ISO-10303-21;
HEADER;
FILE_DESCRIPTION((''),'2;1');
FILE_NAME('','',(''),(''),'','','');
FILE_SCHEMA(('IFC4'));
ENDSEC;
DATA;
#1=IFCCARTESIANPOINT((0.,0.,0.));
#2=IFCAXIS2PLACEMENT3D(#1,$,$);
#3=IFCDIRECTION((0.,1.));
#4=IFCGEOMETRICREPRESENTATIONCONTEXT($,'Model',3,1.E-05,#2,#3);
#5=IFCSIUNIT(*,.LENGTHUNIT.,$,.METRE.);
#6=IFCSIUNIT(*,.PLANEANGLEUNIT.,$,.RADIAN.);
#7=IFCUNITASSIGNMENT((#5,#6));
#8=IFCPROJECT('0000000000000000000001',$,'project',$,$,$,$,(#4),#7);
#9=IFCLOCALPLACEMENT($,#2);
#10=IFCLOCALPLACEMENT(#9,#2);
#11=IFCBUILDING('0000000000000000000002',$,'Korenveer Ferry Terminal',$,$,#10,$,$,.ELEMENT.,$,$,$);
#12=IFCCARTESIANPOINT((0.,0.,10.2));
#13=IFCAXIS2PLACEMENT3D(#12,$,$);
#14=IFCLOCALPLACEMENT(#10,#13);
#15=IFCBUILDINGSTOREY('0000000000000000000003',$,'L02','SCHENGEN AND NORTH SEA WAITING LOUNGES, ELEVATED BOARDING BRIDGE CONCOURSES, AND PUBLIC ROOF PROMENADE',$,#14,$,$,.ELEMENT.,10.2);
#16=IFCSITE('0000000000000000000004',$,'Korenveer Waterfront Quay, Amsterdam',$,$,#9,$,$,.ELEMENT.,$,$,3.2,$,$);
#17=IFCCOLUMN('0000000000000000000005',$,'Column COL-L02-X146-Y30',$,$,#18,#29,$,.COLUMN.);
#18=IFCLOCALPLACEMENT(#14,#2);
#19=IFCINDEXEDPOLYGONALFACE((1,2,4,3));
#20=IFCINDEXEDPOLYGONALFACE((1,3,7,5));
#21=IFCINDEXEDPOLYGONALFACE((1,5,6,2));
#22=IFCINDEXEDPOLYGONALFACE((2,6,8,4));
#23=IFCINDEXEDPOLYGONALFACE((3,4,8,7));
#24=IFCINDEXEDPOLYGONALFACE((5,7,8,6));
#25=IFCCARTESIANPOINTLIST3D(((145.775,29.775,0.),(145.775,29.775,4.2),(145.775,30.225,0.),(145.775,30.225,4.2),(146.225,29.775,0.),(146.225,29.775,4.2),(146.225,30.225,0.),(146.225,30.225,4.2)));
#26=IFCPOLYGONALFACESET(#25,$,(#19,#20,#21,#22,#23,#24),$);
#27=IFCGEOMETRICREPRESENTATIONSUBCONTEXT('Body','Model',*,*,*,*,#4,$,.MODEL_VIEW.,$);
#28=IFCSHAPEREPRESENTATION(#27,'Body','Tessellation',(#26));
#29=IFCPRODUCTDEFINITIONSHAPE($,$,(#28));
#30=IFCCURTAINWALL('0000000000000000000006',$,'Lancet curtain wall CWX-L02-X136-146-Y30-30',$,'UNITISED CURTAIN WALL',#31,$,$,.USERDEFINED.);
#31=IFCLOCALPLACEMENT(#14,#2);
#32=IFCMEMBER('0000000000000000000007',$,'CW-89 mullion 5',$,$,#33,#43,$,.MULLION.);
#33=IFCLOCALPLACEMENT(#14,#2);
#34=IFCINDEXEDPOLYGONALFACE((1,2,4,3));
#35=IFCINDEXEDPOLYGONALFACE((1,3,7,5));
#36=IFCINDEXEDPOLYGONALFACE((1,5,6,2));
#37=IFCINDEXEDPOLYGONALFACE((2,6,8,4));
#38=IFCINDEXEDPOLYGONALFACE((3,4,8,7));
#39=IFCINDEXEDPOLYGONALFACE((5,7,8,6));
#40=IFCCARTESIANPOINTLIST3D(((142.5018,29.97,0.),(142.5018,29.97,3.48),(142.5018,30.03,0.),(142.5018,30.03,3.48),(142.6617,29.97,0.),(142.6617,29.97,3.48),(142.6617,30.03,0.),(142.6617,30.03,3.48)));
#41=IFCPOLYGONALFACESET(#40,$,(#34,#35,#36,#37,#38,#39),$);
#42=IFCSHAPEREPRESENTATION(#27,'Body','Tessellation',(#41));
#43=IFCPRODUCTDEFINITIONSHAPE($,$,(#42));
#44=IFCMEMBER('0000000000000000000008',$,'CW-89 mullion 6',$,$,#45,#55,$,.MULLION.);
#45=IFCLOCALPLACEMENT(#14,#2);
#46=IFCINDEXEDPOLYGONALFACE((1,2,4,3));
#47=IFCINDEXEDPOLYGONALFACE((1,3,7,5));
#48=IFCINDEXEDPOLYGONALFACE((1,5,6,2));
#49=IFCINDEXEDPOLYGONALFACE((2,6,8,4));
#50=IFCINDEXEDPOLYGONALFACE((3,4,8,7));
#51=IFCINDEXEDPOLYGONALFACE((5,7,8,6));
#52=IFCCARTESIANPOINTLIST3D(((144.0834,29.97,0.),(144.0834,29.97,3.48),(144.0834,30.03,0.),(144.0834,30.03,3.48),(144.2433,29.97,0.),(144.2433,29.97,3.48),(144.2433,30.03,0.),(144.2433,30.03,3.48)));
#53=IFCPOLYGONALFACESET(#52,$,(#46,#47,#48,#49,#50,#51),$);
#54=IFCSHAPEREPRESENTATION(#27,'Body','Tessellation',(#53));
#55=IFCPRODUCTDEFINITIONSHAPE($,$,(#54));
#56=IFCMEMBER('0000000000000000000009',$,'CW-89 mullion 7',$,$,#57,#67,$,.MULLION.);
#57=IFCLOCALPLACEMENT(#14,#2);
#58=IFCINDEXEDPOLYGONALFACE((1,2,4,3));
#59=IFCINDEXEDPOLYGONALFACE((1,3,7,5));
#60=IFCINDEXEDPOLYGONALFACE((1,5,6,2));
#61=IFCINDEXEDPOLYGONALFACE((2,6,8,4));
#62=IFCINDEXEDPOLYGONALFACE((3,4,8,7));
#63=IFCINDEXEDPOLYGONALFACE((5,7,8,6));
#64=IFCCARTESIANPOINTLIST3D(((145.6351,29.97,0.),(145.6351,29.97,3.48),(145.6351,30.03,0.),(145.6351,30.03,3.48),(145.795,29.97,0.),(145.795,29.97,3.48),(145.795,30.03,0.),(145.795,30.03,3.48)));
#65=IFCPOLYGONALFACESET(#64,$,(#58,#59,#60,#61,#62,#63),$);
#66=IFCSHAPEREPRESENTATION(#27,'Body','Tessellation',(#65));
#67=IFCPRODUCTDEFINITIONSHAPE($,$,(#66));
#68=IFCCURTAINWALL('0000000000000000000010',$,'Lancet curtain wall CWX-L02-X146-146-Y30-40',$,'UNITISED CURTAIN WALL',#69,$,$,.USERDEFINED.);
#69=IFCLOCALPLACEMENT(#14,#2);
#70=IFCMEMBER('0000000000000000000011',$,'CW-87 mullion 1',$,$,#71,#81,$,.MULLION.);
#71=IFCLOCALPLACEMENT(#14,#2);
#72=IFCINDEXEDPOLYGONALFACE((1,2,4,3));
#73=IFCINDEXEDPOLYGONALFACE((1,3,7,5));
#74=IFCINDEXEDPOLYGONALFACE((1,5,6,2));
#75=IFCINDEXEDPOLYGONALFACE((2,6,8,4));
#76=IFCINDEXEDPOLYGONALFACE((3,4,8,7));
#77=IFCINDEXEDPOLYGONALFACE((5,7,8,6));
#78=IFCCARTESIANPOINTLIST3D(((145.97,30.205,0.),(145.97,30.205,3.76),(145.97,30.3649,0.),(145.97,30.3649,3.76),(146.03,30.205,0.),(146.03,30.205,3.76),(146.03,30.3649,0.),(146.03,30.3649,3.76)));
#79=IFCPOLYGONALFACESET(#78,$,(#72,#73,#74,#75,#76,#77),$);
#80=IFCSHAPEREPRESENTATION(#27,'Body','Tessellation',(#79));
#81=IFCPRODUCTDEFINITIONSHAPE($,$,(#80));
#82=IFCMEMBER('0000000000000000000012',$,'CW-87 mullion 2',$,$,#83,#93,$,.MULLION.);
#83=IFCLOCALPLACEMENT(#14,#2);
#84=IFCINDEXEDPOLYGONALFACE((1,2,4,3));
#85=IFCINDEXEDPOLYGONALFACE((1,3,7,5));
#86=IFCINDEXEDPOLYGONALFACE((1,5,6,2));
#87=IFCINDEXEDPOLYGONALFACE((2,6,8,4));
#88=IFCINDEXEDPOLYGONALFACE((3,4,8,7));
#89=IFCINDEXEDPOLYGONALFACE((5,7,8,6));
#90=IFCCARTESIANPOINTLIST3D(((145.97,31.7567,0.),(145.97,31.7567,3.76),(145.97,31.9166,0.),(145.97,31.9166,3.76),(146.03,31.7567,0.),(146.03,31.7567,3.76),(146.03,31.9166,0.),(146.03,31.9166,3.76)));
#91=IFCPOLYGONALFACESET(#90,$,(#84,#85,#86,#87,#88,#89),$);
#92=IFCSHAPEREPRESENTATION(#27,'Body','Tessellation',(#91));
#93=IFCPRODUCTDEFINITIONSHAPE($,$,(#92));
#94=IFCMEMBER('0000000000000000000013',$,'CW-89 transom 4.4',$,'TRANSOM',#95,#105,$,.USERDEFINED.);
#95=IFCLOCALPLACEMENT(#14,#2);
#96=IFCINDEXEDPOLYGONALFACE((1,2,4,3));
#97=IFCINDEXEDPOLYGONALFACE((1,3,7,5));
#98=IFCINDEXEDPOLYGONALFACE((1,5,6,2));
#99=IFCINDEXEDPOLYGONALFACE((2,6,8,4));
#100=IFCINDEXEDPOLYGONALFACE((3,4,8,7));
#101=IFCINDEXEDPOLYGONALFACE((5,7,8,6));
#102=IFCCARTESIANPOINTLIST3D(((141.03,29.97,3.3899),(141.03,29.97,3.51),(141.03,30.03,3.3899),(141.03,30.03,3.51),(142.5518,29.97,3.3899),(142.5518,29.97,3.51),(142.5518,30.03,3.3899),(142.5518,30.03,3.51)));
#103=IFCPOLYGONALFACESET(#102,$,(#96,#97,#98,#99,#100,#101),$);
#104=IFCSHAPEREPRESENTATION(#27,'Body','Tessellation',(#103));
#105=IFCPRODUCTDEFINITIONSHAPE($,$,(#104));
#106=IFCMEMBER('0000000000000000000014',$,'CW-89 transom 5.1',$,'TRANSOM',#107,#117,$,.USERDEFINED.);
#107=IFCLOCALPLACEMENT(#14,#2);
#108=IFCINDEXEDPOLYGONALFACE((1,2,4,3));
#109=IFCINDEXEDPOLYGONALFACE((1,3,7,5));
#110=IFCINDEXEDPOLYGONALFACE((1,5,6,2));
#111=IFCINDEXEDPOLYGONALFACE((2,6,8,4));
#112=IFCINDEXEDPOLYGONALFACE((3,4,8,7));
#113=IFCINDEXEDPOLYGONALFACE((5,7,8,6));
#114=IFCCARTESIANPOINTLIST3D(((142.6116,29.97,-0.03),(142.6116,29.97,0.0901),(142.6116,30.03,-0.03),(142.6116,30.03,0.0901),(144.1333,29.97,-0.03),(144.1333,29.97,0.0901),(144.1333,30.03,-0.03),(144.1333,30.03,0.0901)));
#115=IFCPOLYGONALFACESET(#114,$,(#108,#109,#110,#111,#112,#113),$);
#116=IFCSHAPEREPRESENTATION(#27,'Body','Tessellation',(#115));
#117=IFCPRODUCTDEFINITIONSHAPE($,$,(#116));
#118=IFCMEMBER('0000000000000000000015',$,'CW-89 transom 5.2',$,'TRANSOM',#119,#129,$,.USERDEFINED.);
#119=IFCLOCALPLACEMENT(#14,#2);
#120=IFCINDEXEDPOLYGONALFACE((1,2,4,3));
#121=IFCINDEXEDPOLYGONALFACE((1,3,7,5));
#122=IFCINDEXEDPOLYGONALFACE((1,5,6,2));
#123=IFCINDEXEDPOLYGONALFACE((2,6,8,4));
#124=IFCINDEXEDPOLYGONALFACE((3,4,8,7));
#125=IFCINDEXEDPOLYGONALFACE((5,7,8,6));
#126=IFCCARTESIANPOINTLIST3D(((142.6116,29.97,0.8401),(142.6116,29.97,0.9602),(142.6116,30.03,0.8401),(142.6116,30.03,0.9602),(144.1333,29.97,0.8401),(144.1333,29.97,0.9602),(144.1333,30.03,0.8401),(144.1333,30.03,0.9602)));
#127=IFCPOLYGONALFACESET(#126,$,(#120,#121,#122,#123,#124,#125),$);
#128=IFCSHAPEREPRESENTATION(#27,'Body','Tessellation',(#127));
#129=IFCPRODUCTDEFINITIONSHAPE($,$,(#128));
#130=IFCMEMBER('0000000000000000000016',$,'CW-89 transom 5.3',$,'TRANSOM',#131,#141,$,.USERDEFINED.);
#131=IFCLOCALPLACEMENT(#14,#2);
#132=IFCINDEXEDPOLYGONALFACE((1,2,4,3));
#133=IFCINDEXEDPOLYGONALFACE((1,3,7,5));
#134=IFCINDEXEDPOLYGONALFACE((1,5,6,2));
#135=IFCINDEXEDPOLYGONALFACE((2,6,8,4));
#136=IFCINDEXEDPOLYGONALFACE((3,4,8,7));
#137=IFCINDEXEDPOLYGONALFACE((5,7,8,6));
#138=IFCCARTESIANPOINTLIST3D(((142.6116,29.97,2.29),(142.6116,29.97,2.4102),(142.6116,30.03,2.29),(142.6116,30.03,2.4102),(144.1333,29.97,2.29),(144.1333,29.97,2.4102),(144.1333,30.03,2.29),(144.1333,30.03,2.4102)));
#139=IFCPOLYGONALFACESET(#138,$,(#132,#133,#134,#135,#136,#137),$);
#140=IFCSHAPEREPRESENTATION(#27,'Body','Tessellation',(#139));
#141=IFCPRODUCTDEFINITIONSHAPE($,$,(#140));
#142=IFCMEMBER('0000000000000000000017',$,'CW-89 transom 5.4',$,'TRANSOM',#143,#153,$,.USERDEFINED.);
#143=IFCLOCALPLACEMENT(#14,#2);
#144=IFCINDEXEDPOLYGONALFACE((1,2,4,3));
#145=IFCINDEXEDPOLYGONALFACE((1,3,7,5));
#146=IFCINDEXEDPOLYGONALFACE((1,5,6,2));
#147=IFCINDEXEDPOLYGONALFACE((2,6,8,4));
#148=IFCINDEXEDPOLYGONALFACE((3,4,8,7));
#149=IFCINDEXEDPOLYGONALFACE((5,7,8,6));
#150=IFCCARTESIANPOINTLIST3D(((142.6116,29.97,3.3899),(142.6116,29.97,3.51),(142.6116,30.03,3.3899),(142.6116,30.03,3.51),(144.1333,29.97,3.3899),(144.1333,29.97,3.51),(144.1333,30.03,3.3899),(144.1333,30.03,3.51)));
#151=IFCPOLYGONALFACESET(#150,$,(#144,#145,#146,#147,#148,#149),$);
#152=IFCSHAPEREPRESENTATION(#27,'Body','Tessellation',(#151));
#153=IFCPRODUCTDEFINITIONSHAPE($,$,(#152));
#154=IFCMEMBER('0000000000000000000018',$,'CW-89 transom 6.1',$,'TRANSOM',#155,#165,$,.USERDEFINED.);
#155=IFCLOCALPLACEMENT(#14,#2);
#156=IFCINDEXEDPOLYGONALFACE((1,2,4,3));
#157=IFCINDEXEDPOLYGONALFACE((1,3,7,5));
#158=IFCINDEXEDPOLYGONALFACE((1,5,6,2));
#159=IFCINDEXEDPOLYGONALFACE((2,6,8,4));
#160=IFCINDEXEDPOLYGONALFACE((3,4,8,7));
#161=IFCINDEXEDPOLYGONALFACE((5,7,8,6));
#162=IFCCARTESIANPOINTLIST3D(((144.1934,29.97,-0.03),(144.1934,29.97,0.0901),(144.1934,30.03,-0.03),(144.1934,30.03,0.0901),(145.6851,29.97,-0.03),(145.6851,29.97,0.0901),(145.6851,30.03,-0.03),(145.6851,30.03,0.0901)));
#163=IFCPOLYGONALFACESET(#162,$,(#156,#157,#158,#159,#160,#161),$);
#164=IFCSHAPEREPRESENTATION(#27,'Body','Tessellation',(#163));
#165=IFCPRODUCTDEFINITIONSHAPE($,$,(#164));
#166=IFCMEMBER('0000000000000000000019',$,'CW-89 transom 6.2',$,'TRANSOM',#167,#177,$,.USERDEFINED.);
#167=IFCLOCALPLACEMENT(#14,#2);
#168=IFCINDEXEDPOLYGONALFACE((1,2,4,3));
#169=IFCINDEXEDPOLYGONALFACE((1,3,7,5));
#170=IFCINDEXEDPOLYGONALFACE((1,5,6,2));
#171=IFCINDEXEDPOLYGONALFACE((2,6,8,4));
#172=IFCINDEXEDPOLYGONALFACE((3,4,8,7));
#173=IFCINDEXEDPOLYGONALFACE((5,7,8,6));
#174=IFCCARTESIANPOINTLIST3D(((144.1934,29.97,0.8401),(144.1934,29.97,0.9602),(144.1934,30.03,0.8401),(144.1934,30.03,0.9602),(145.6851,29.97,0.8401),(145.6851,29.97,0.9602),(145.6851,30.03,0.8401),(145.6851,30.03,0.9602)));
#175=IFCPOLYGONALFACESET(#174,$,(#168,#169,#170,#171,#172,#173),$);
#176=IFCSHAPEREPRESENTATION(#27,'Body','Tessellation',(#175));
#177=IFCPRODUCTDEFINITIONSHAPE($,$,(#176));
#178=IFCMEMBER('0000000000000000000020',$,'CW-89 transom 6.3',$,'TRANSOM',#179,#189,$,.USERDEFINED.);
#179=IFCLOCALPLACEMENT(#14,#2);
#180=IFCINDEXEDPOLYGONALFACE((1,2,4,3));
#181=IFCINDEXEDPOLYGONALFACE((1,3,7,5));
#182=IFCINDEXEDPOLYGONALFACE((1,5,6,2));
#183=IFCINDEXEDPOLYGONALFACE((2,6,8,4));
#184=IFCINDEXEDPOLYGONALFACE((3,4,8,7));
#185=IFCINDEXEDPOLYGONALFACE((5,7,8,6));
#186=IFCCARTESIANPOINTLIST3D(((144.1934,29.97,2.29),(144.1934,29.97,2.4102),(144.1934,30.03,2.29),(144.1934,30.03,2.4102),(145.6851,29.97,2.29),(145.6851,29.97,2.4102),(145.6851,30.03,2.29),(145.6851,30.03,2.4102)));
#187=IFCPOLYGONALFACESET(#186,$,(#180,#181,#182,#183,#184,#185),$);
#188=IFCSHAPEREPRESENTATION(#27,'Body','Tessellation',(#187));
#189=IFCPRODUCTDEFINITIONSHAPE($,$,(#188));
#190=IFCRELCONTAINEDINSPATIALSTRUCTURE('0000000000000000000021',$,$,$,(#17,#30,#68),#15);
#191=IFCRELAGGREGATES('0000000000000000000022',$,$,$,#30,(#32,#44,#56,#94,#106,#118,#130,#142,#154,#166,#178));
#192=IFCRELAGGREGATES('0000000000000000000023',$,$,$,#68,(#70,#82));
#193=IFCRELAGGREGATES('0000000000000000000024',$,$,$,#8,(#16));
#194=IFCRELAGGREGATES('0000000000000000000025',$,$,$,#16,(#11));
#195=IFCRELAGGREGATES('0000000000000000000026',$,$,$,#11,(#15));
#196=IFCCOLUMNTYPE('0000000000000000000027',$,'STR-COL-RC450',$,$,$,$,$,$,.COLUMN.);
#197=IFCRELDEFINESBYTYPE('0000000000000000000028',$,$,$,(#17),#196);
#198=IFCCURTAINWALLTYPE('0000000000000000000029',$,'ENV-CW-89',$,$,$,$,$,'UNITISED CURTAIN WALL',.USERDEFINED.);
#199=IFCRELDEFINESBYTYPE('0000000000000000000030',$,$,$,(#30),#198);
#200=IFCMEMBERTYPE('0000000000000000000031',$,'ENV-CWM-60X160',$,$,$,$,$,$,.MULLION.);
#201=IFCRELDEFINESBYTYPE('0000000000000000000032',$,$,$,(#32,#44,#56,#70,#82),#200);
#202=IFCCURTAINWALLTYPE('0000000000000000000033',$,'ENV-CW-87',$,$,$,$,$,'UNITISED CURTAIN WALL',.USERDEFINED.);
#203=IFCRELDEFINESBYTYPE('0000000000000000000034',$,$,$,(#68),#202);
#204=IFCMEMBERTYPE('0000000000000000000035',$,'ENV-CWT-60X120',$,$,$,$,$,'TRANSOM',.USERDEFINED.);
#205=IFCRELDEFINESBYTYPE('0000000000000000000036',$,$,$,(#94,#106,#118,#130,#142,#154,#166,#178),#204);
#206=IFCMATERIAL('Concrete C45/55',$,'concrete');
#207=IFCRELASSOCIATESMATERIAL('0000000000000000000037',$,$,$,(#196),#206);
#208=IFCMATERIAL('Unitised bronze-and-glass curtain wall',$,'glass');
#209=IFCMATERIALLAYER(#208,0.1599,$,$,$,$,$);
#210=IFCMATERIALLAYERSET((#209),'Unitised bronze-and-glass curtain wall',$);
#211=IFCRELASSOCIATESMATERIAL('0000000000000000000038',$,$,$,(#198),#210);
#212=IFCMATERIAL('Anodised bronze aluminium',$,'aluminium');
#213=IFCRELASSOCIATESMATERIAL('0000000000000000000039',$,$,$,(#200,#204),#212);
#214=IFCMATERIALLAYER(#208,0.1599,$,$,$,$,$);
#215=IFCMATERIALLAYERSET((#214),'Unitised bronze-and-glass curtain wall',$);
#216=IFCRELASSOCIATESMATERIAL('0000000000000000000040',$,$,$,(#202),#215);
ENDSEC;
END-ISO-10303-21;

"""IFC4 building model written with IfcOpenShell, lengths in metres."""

from ifc_helpers import new_model, si_unit, direction, frame, origin, origin_2d, place, context, subcontext, project, spatial, rectangle, extrude, material, layer, layer_set, material_profile, profile_set, type_object, element, aggregate, save


model = new_model("IFC4")

# Units and contexts
model_context = context("Model", 3, precision=1e-05, world=origin(), true_north=direction((0.0, 1.0)))
body_context = subcontext(model_context, "Body", "Model", "MODEL_VIEW")
ifc_project = project(units=[si_unit("LENGTHUNIT", "METRE"), si_unit("PLANEANGLEUNIT", "RADIAN")], contexts=[model_context])

# Site, building, storey
site_placement = place(None, origin())
site = spatial("IfcSite", under=ifc_project, at=site_placement, Name="Korenveer Waterfront Quay, Amsterdam", CompositionType="ELEMENT", RefElevation=3.2)
building_placement = place(site_placement, origin())
building = spatial("IfcBuilding", under=site, at=building_placement, Name="Korenveer Ferry Terminal", CompositionType="ELEMENT")
storey_placement = place(building_placement, frame((0.0, 0.0, 10.2)))
storey = spatial("IfcBuildingStorey", under=building, at=storey_placement, Name="L02", Description="SCHENGEN AND NORTH SEA WAITING LOUNGES, ELEVATED BOARDING BRIDGE CONCOURSES, AND PUBLIC ROOF PROMENADE", CompositionType="ELEMENT", Elevation=10.2)

# Column
ifc_material_1 = material(Name="Concrete C45/55", Category="concrete")
ifc_material_profile_1 = material_profile(ifc_material_1, rectangle(XDim=0.45, YDim=0.45, at=origin_2d()), Name="RC 450x450")
ifc_profile_set_1 = profile_set([ifc_material_profile_1], Name="Concrete C45/55")
column_type = type_object("IfcColumnType", Name="STR-COL-RC450", PredefinedType="COLUMN", material=ifc_profile_set_1)
column_placement = place(storey_placement, frame((146.0, 30.0, 0.0), z_axis=(0.0, 0.0, 1.0), x_axis=(1.0, 0.0, 0.0)))
element("IfcColumn", 1, at=column_placement, inside=storey, type_object=column_type, Name="Column COL-L02-X146-Y30", PredefinedType="COLUMN", context=body_context, shape_type="SweptSolid", body=[
    extrude(rectangle(XDim=0.45, YDim=0.45, at=origin_2d()), origin(), (0.0, 0.0, 1.0), 4.2),
])

# Curtain walls, members
ifc_material_2 = material(Name="Unitised bronze-and-glass curtain wall", Category="glass")
ifc_layer_1 = layer(ifc_material_2, 0.1599)
ifc_layer_set_1 = layer_set([ifc_layer_1], Name="Unitised bronze-and-glass curtain wall")
curtain_wall_type_1 = type_object("IfcCurtainWallType", Name="ENV-CW-89", ElementType="UNITISED CURTAIN WALL", PredefinedType="USERDEFINED", material=ifc_layer_set_1)
curtain_wall_1_placement = place(storey_placement, frame((136.2549, 30.0, 0.0)))
curtain_wall_1 = element("IfcCurtainWall", 2, at=curtain_wall_1_placement, inside=storey, type_object=curtain_wall_type_1, Name="Lancet curtain wall CWX-L02-X136-146-Y30-30", ObjectType="UNITISED CURTAIN WALL", PredefinedType="USERDEFINED")
ifc_material_3 = material(Name="Anodised bronze aluminium", Category="aluminium")
ifc_material_profile_2 = material_profile(ifc_material_3, rectangle(XDim=0.0601, YDim=0.1599, at=origin_2d()), Name="ALU 60x160")
ifc_profile_set_2 = profile_set([ifc_material_profile_2], Name="Anodised bronze aluminium")
member_type_1 = type_object("IfcMemberType", Name="ENV-CWM-60X160", PredefinedType="MULLION", material=ifc_profile_set_2)
member_1_placement = place(storey_placement, frame((142.5818, 30.0, 0.0), z_axis=(0.0, 0.0, 1.0), x_axis=(0.0, 1.0, 0.0)))
member_1 = element("IfcMember", 3, at=member_1_placement, type_object=member_type_1, Name="CW-89 mullion 5", PredefinedType="MULLION", context=body_context, shape_type="SweptSolid", body=[
    extrude(rectangle(XDim=0.0601, YDim=0.1599, at=origin_2d()), origin(), (0.0, 0.0, 1.0), 3.48),
])
member_2_placement = place(storey_placement, frame((144.1633, 30.0, 0.0), z_axis=(0.0, 0.0, 1.0), x_axis=(0.0, 1.0, 0.0)))
member_2 = element("IfcMember", 4, at=member_2_placement, type_object=member_type_1, Name="CW-89 mullion 6", PredefinedType="MULLION", context=body_context, shape_type="SweptSolid", body=[
    extrude(rectangle(XDim=0.0601, YDim=0.1599, at=origin_2d()), origin(), (0.0, 0.0, 1.0), 3.48),
])
member_3_placement = place(storey_placement, frame((145.7151, 30.0, 0.0), z_axis=(0.0, 0.0, 1.0), x_axis=(0.0, 1.0, 0.0)))
member_3 = element("IfcMember", 5, at=member_3_placement, type_object=member_type_1, Name="CW-89 mullion 7", PredefinedType="MULLION", context=body_context, shape_type="SweptSolid", body=[
    extrude(rectangle(XDim=0.0601, YDim=0.1599, at=origin_2d()), origin(), (0.0, 0.0, 1.0), 3.48),
])
ifc_layer_2 = layer(ifc_material_2, 0.1599)
ifc_layer_set_2 = layer_set([ifc_layer_2], Name="Unitised bronze-and-glass curtain wall")
curtain_wall_type_2 = type_object("IfcCurtainWallType", Name="ENV-CW-87", ElementType="UNITISED CURTAIN WALL", PredefinedType="USERDEFINED", material=ifc_layer_set_2)
curtain_wall_2_placement = place(storey_placement, frame((146.0, 30.2549, 0.0)))
curtain_wall_2 = element("IfcCurtainWall", 6, at=curtain_wall_2_placement, inside=storey, type_object=curtain_wall_type_2, Name="Lancet curtain wall CWX-L02-X146-146-Y30-40", ObjectType="UNITISED CURTAIN WALL", PredefinedType="USERDEFINED")
member_4_placement = place(storey_placement, frame((146.0, 30.2849, 0.0), z_axis=(0.0, 0.0, 1.0), x_axis=(-1.0, 0.0, 0.0)))
member_4 = element("IfcMember", 7, at=member_4_placement, type_object=member_type_1, Name="CW-87 mullion 1", PredefinedType="MULLION", context=body_context, shape_type="SweptSolid", body=[
    extrude(rectangle(XDim=0.0601, YDim=0.1599, at=origin_2d()), origin(), (0.0, 0.0, 1.0), 3.76),
])
member_5_placement = place(storey_placement, frame((146.0, 31.8367, 0.0), z_axis=(0.0, 0.0, 1.0), x_axis=(-1.0, 0.0, 0.0)))
member_5 = element("IfcMember", 8, at=member_5_placement, type_object=member_type_1, Name="CW-87 mullion 2", PredefinedType="MULLION", context=body_context, shape_type="SweptSolid", body=[
    extrude(rectangle(XDim=0.0601, YDim=0.1599, at=origin_2d()), origin(), (0.0, 0.0, 1.0), 3.76),
])

# Members
ifc_material_profile_3 = material_profile(ifc_material_3, rectangle(XDim=0.0601, YDim=0.1201, at=origin_2d()), Name="ALU 60x120")
ifc_profile_set_3 = profile_set([ifc_material_profile_3], Name="Anodised bronze aluminium")
member_type_2 = type_object("IfcMemberType", Name="ENV-CWT-60X120", ElementType="TRANSOM", PredefinedType="USERDEFINED", material=ifc_profile_set_3)
member_6_placement = place(storey_placement, frame((141.03, 30.0, 3.45), z_axis=(1.0, 0.0, 0.0), x_axis=(0.0, 1.0, 0.0)))
member_6 = element("IfcMember", 9, at=member_6_placement, type_object=member_type_2, Name="CW-89 transom 4.4", ObjectType="TRANSOM", PredefinedType="USERDEFINED", context=body_context, shape_type="SweptSolid", body=[
    extrude(rectangle(XDim=0.0601, YDim=0.1201, at=origin_2d()), origin(), (0.0, 0.0, 1.0), 1.5217),
])
member_7_placement = place(storey_placement, frame((142.6116, 30.0, 0.03), z_axis=(1.0, 0.0, 0.0), x_axis=(0.0, 1.0, 0.0)))
member_7 = element("IfcMember", 10, at=member_7_placement, type_object=member_type_2, Name="CW-89 transom 5.1", ObjectType="TRANSOM", PredefinedType="USERDEFINED", context=body_context, shape_type="SweptSolid", body=[
    extrude(rectangle(XDim=0.0601, YDim=0.1201, at=origin_2d()), origin(), (0.0, 0.0, 1.0), 1.5217),
])
member_8_placement = place(storey_placement, frame((142.6116, 30.0, 0.9001), z_axis=(1.0, 0.0, 0.0), x_axis=(0.0, 1.0, 0.0)))
member_8 = element("IfcMember", 11, at=member_8_placement, type_object=member_type_2, Name="CW-89 transom 5.2", ObjectType="TRANSOM", PredefinedType="USERDEFINED", context=body_context, shape_type="SweptSolid", body=[
    extrude(rectangle(XDim=0.0601, YDim=0.1201, at=origin_2d()), origin(), (0.0, 0.0, 1.0), 1.5217),
])
member_9_placement = place(storey_placement, frame((142.6116, 30.0, 2.3501), z_axis=(1.0, 0.0, 0.0), x_axis=(0.0, 1.0, 0.0)))
member_9 = element("IfcMember", 12, at=member_9_placement, type_object=member_type_2, Name="CW-89 transom 5.3", ObjectType="TRANSOM", PredefinedType="USERDEFINED", context=body_context, shape_type="SweptSolid", body=[
    extrude(rectangle(XDim=0.0601, YDim=0.1201, at=origin_2d()), origin(), (0.0, 0.0, 1.0), 1.5217),
])
member_10_placement = place(storey_placement, frame((142.6116, 30.0, 3.45), z_axis=(1.0, 0.0, 0.0), x_axis=(0.0, 1.0, 0.0)))
member_10 = element("IfcMember", 13, at=member_10_placement, type_object=member_type_2, Name="CW-89 transom 5.4", ObjectType="TRANSOM", PredefinedType="USERDEFINED", context=body_context, shape_type="SweptSolid", body=[
    extrude(rectangle(XDim=0.0601, YDim=0.1201, at=origin_2d()), origin(), (0.0, 0.0, 1.0), 1.5217),
])
member_11_placement = place(storey_placement, frame((144.1934, 30.0, 0.03), z_axis=(1.0, 0.0, 0.0), x_axis=(0.0, 1.0, 0.0)))
member_11 = element("IfcMember", 14, at=member_11_placement, type_object=member_type_2, Name="CW-89 transom 6.1", ObjectType="TRANSOM", PredefinedType="USERDEFINED", context=body_context, shape_type="SweptSolid", body=[
    extrude(rectangle(XDim=0.0601, YDim=0.1201, at=origin_2d()), origin(), (0.0, 0.0, 1.0), 1.4917),
])
member_12_placement = place(storey_placement, frame((144.1934, 30.0, 0.9001), z_axis=(1.0, 0.0, 0.0), x_axis=(0.0, 1.0, 0.0)))
member_12 = element("IfcMember", 15, at=member_12_placement, type_object=member_type_2, Name="CW-89 transom 6.2", ObjectType="TRANSOM", PredefinedType="USERDEFINED", context=body_context, shape_type="SweptSolid", body=[
    extrude(rectangle(XDim=0.0601, YDim=0.1201, at=origin_2d()), origin(), (0.0, 0.0, 1.0), 1.4917),
])
member_13_placement = place(storey_placement, frame((144.1934, 30.0, 2.3501), z_axis=(1.0, 0.0, 0.0), x_axis=(0.0, 1.0, 0.0)))
member_13 = element("IfcMember", 16, at=member_13_placement, type_object=member_type_2, Name="CW-89 transom 6.3", ObjectType="TRANSOM", PredefinedType="USERDEFINED", context=body_context, shape_type="SweptSolid", body=[
    extrude(rectangle(XDim=0.0601, YDim=0.1201, at=origin_2d()), origin(), (0.0, 0.0, 1.0), 1.4917),
])

aggregate(curtain_wall_1, [member_1, member_2, member_3, member_6, member_7, member_8, member_9, member_10, member_11, member_12, member_13])
aggregate(curtain_wall_2, [member_4, member_5])

save(model, "model.ifc")
